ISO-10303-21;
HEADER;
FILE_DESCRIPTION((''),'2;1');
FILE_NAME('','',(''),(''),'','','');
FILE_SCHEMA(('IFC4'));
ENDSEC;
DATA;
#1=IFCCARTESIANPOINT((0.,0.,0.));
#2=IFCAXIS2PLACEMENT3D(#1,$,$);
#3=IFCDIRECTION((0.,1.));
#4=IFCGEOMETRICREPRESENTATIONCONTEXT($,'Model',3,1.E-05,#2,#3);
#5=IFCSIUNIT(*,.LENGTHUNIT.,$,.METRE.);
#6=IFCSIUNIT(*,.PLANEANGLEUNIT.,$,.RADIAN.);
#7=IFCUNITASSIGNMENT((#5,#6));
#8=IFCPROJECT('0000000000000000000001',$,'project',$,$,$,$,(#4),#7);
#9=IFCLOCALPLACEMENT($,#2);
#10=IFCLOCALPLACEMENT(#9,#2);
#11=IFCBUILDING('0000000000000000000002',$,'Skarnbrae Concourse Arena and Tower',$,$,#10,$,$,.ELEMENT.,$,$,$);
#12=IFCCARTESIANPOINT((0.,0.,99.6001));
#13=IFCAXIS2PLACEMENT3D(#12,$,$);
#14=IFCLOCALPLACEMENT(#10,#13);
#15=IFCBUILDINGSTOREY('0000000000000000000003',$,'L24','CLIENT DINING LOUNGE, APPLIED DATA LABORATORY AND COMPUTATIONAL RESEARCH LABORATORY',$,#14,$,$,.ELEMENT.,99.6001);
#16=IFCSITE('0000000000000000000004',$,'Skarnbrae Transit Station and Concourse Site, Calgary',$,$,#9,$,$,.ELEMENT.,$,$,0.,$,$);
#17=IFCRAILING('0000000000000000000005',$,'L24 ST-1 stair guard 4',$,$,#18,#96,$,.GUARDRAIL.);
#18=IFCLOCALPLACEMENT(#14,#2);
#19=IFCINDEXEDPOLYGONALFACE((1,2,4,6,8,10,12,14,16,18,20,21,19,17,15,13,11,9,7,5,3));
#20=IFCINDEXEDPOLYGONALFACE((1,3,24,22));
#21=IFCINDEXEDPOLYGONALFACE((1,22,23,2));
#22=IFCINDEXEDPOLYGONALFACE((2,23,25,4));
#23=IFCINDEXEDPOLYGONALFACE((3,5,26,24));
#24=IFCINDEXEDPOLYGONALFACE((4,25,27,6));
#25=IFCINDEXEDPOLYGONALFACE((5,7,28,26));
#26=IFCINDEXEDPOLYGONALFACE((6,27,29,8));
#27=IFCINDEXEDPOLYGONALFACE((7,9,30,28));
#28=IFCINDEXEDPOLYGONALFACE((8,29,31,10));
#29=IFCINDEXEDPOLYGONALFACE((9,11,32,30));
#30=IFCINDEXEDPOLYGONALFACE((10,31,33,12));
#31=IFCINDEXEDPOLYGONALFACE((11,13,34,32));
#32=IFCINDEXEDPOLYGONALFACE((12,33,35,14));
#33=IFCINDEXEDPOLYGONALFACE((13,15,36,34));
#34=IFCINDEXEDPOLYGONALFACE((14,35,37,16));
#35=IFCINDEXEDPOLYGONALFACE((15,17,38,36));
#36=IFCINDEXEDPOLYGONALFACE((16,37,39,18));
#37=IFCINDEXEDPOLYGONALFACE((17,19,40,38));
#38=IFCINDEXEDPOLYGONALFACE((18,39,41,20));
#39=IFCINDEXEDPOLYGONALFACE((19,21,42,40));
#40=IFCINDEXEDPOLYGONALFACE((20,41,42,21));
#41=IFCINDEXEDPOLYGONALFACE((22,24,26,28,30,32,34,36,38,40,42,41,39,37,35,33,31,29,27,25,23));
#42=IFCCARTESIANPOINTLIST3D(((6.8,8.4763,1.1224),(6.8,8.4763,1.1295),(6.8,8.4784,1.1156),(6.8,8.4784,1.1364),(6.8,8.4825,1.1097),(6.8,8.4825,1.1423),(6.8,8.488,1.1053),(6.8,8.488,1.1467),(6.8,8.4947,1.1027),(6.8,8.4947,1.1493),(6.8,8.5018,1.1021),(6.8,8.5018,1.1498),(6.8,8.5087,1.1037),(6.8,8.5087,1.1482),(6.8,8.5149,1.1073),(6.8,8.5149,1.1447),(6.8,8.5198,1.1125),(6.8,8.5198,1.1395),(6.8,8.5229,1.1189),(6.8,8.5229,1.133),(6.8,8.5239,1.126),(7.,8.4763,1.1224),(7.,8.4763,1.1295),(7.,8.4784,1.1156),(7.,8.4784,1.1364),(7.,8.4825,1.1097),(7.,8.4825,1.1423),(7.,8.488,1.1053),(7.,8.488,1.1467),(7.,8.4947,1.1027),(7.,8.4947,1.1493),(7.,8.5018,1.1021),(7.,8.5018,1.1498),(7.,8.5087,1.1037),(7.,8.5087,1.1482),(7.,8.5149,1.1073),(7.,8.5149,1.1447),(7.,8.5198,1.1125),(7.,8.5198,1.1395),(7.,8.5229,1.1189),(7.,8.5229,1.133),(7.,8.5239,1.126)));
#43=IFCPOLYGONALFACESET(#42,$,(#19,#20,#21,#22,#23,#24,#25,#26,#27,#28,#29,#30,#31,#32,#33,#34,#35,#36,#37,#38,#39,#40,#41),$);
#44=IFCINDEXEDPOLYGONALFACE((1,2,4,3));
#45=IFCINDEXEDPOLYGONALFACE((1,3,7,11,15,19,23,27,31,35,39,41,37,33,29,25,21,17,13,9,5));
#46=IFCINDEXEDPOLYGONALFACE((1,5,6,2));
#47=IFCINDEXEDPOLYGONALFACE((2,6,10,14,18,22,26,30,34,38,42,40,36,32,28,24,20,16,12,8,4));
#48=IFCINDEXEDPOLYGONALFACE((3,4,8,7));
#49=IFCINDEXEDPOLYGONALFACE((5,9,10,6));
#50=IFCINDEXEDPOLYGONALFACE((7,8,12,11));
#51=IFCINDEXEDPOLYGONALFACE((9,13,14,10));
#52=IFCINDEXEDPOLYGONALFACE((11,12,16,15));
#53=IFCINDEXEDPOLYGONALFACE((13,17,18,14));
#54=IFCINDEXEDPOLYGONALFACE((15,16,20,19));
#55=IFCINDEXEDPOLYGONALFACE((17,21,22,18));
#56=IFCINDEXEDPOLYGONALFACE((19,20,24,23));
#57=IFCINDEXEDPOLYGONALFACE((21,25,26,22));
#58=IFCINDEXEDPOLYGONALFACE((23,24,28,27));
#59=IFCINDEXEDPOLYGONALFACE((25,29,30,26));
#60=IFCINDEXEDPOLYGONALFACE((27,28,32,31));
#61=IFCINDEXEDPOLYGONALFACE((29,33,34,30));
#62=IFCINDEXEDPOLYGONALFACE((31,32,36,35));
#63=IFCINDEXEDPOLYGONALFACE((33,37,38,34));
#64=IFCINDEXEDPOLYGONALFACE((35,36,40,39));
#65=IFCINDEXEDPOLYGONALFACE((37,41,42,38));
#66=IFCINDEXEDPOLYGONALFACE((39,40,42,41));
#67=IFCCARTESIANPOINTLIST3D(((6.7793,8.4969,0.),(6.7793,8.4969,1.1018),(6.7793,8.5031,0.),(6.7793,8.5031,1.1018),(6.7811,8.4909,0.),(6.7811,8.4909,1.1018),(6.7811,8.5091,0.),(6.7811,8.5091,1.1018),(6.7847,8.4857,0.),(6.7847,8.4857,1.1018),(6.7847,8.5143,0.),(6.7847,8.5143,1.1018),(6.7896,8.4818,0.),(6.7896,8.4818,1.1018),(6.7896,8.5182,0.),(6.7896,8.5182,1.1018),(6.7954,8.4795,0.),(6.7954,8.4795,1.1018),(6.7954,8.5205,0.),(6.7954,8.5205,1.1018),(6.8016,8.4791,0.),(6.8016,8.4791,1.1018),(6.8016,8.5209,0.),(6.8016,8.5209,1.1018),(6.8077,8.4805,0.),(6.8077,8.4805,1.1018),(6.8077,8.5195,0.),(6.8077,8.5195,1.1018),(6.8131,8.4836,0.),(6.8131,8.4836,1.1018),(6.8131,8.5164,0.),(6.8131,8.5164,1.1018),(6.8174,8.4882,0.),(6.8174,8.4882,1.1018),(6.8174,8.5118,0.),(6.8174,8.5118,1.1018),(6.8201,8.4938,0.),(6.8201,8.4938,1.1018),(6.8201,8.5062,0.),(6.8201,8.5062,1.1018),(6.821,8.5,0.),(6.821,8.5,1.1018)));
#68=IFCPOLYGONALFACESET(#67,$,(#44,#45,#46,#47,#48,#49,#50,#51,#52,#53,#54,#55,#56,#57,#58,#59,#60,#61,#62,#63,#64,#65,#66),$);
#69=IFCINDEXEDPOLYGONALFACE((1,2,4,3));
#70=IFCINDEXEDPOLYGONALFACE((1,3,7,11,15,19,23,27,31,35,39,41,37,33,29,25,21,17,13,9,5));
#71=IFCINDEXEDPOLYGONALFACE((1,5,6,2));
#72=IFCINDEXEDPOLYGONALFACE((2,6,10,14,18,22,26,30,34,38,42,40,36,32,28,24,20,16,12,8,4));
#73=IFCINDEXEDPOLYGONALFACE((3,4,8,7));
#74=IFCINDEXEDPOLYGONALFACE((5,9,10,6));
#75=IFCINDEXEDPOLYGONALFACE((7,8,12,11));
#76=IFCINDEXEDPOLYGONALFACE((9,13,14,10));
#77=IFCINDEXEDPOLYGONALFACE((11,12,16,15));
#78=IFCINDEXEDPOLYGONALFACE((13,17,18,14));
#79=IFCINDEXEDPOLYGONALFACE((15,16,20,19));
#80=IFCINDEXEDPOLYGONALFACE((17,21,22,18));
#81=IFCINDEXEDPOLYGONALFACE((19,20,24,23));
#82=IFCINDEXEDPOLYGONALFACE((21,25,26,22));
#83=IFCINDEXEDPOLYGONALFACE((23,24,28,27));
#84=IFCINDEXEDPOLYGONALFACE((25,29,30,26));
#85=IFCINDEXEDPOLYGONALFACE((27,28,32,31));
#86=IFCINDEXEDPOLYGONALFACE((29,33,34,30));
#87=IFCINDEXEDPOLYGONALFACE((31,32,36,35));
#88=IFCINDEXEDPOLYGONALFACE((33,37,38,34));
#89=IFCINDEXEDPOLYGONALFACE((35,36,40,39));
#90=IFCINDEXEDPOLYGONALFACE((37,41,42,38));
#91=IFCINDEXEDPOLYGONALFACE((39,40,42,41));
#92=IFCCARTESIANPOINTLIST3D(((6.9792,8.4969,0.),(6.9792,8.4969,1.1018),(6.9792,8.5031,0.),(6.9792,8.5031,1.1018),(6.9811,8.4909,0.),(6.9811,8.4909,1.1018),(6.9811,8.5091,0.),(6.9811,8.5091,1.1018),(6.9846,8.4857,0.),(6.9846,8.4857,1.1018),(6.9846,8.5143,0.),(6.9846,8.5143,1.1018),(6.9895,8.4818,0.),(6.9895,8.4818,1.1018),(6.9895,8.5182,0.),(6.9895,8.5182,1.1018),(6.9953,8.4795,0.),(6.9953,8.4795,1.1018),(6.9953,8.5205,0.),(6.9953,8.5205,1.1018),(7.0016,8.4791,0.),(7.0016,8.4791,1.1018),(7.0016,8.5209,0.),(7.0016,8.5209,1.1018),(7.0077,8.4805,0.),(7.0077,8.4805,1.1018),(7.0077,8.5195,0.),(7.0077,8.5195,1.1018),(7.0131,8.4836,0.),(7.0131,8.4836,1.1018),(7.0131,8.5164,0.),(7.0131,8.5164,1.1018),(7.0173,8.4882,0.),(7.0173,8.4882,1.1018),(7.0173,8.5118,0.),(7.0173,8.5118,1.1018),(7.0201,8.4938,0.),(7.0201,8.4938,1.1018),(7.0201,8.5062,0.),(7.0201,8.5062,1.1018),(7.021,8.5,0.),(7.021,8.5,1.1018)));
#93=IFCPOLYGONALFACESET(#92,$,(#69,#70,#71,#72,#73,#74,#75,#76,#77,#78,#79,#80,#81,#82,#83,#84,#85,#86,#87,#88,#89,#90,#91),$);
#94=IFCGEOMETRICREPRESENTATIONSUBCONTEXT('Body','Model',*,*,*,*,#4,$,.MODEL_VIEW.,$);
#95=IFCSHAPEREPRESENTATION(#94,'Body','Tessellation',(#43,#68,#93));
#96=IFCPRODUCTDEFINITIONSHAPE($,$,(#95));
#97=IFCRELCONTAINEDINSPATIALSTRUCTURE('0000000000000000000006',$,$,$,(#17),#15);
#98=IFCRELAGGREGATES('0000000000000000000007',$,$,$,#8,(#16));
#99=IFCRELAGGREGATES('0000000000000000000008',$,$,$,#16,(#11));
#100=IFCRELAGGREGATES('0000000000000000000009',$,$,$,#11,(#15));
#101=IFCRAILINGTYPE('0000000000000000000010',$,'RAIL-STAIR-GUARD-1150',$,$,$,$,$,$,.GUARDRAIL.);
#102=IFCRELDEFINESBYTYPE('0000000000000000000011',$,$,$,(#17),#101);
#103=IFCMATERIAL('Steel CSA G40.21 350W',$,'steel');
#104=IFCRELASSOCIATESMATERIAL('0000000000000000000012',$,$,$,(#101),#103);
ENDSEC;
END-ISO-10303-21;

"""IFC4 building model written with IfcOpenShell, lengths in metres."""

from ifc_helpers import new_model, si_unit, direction, frame, origin, origin_2d, place, context, subcontext, project, spatial, circle, extrude, material, type_object, element, save


model = new_model("IFC4")

# Units and contexts
model_context = context("Model", 3, precision=1e-05, world=origin(), true_north=direction((0.0, 1.0)))
body_context = subcontext(model_context, "Body", "Model", "MODEL_VIEW")
ifc_project = project(units=[si_unit("LENGTHUNIT", "METRE"), si_unit("PLANEANGLEUNIT", "RADIAN")], contexts=[model_context])

# Site, building, storey
site_placement = place(None, origin())
site = spatial("IfcSite", under=ifc_project, at=site_placement, Name="Skarnbrae Transit Station and Concourse Site, Calgary", CompositionType="ELEMENT", RefElevation=0.0)
building_placement = place(site_placement, origin())
building = spatial("IfcBuilding", under=site, at=building_placement, Name="Skarnbrae Concourse Arena and Tower", CompositionType="ELEMENT")
storey_placement = place(building_placement, frame((0.0, 0.0, 99.6001)))
storey = spatial("IfcBuildingStorey", under=building, at=storey_placement, Name="L24", Description="CLIENT DINING LOUNGE, APPLIED DATA LABORATORY AND COMPUTATIONAL RESEARCH LABORATORY", CompositionType="ELEMENT", Elevation=99.6001)

# Shared definitions
ifc_material_1 = material(Name="Steel CSA G40.21 350W", Category="steel")

# Railing
railing_type_1 = type_object("IfcRailingType", Name="RAIL-STAIR-GUARD-1150", PredefinedType="GUARDRAIL", material=ifc_material_1)
railing_1_placement = place(storey_placement, frame((6.8, 8.5, 0.0)))
element("IfcRailing", 1, at=railing_1_placement, inside=storey, type_object=railing_type_1, Name="L24 ST-1 stair guard 4", PredefinedType="GUARDRAIL", context=body_context, shape_type="SweptSolid", body=[
    extrude(circle(Radius=0.0239, at=origin_2d()), frame((0.0, 0.0, 1.126), z_axis=(1.0, 0.0, 0.0), x_axis=(0.0, 1.0, 0.0)), (0.0, 0.0, 1.0), 0.2),
    extrude(circle(Radius=0.021, at=origin_2d()), origin(), (0.0, 0.0, 1.0), 1.1018),
    extrude(circle(Radius=0.021, at=origin_2d()), frame((0.2, 0.0, 0.0)), (0.0, 0.0, 1.0), 1.1018),
])

save(model, "model.ifc")
